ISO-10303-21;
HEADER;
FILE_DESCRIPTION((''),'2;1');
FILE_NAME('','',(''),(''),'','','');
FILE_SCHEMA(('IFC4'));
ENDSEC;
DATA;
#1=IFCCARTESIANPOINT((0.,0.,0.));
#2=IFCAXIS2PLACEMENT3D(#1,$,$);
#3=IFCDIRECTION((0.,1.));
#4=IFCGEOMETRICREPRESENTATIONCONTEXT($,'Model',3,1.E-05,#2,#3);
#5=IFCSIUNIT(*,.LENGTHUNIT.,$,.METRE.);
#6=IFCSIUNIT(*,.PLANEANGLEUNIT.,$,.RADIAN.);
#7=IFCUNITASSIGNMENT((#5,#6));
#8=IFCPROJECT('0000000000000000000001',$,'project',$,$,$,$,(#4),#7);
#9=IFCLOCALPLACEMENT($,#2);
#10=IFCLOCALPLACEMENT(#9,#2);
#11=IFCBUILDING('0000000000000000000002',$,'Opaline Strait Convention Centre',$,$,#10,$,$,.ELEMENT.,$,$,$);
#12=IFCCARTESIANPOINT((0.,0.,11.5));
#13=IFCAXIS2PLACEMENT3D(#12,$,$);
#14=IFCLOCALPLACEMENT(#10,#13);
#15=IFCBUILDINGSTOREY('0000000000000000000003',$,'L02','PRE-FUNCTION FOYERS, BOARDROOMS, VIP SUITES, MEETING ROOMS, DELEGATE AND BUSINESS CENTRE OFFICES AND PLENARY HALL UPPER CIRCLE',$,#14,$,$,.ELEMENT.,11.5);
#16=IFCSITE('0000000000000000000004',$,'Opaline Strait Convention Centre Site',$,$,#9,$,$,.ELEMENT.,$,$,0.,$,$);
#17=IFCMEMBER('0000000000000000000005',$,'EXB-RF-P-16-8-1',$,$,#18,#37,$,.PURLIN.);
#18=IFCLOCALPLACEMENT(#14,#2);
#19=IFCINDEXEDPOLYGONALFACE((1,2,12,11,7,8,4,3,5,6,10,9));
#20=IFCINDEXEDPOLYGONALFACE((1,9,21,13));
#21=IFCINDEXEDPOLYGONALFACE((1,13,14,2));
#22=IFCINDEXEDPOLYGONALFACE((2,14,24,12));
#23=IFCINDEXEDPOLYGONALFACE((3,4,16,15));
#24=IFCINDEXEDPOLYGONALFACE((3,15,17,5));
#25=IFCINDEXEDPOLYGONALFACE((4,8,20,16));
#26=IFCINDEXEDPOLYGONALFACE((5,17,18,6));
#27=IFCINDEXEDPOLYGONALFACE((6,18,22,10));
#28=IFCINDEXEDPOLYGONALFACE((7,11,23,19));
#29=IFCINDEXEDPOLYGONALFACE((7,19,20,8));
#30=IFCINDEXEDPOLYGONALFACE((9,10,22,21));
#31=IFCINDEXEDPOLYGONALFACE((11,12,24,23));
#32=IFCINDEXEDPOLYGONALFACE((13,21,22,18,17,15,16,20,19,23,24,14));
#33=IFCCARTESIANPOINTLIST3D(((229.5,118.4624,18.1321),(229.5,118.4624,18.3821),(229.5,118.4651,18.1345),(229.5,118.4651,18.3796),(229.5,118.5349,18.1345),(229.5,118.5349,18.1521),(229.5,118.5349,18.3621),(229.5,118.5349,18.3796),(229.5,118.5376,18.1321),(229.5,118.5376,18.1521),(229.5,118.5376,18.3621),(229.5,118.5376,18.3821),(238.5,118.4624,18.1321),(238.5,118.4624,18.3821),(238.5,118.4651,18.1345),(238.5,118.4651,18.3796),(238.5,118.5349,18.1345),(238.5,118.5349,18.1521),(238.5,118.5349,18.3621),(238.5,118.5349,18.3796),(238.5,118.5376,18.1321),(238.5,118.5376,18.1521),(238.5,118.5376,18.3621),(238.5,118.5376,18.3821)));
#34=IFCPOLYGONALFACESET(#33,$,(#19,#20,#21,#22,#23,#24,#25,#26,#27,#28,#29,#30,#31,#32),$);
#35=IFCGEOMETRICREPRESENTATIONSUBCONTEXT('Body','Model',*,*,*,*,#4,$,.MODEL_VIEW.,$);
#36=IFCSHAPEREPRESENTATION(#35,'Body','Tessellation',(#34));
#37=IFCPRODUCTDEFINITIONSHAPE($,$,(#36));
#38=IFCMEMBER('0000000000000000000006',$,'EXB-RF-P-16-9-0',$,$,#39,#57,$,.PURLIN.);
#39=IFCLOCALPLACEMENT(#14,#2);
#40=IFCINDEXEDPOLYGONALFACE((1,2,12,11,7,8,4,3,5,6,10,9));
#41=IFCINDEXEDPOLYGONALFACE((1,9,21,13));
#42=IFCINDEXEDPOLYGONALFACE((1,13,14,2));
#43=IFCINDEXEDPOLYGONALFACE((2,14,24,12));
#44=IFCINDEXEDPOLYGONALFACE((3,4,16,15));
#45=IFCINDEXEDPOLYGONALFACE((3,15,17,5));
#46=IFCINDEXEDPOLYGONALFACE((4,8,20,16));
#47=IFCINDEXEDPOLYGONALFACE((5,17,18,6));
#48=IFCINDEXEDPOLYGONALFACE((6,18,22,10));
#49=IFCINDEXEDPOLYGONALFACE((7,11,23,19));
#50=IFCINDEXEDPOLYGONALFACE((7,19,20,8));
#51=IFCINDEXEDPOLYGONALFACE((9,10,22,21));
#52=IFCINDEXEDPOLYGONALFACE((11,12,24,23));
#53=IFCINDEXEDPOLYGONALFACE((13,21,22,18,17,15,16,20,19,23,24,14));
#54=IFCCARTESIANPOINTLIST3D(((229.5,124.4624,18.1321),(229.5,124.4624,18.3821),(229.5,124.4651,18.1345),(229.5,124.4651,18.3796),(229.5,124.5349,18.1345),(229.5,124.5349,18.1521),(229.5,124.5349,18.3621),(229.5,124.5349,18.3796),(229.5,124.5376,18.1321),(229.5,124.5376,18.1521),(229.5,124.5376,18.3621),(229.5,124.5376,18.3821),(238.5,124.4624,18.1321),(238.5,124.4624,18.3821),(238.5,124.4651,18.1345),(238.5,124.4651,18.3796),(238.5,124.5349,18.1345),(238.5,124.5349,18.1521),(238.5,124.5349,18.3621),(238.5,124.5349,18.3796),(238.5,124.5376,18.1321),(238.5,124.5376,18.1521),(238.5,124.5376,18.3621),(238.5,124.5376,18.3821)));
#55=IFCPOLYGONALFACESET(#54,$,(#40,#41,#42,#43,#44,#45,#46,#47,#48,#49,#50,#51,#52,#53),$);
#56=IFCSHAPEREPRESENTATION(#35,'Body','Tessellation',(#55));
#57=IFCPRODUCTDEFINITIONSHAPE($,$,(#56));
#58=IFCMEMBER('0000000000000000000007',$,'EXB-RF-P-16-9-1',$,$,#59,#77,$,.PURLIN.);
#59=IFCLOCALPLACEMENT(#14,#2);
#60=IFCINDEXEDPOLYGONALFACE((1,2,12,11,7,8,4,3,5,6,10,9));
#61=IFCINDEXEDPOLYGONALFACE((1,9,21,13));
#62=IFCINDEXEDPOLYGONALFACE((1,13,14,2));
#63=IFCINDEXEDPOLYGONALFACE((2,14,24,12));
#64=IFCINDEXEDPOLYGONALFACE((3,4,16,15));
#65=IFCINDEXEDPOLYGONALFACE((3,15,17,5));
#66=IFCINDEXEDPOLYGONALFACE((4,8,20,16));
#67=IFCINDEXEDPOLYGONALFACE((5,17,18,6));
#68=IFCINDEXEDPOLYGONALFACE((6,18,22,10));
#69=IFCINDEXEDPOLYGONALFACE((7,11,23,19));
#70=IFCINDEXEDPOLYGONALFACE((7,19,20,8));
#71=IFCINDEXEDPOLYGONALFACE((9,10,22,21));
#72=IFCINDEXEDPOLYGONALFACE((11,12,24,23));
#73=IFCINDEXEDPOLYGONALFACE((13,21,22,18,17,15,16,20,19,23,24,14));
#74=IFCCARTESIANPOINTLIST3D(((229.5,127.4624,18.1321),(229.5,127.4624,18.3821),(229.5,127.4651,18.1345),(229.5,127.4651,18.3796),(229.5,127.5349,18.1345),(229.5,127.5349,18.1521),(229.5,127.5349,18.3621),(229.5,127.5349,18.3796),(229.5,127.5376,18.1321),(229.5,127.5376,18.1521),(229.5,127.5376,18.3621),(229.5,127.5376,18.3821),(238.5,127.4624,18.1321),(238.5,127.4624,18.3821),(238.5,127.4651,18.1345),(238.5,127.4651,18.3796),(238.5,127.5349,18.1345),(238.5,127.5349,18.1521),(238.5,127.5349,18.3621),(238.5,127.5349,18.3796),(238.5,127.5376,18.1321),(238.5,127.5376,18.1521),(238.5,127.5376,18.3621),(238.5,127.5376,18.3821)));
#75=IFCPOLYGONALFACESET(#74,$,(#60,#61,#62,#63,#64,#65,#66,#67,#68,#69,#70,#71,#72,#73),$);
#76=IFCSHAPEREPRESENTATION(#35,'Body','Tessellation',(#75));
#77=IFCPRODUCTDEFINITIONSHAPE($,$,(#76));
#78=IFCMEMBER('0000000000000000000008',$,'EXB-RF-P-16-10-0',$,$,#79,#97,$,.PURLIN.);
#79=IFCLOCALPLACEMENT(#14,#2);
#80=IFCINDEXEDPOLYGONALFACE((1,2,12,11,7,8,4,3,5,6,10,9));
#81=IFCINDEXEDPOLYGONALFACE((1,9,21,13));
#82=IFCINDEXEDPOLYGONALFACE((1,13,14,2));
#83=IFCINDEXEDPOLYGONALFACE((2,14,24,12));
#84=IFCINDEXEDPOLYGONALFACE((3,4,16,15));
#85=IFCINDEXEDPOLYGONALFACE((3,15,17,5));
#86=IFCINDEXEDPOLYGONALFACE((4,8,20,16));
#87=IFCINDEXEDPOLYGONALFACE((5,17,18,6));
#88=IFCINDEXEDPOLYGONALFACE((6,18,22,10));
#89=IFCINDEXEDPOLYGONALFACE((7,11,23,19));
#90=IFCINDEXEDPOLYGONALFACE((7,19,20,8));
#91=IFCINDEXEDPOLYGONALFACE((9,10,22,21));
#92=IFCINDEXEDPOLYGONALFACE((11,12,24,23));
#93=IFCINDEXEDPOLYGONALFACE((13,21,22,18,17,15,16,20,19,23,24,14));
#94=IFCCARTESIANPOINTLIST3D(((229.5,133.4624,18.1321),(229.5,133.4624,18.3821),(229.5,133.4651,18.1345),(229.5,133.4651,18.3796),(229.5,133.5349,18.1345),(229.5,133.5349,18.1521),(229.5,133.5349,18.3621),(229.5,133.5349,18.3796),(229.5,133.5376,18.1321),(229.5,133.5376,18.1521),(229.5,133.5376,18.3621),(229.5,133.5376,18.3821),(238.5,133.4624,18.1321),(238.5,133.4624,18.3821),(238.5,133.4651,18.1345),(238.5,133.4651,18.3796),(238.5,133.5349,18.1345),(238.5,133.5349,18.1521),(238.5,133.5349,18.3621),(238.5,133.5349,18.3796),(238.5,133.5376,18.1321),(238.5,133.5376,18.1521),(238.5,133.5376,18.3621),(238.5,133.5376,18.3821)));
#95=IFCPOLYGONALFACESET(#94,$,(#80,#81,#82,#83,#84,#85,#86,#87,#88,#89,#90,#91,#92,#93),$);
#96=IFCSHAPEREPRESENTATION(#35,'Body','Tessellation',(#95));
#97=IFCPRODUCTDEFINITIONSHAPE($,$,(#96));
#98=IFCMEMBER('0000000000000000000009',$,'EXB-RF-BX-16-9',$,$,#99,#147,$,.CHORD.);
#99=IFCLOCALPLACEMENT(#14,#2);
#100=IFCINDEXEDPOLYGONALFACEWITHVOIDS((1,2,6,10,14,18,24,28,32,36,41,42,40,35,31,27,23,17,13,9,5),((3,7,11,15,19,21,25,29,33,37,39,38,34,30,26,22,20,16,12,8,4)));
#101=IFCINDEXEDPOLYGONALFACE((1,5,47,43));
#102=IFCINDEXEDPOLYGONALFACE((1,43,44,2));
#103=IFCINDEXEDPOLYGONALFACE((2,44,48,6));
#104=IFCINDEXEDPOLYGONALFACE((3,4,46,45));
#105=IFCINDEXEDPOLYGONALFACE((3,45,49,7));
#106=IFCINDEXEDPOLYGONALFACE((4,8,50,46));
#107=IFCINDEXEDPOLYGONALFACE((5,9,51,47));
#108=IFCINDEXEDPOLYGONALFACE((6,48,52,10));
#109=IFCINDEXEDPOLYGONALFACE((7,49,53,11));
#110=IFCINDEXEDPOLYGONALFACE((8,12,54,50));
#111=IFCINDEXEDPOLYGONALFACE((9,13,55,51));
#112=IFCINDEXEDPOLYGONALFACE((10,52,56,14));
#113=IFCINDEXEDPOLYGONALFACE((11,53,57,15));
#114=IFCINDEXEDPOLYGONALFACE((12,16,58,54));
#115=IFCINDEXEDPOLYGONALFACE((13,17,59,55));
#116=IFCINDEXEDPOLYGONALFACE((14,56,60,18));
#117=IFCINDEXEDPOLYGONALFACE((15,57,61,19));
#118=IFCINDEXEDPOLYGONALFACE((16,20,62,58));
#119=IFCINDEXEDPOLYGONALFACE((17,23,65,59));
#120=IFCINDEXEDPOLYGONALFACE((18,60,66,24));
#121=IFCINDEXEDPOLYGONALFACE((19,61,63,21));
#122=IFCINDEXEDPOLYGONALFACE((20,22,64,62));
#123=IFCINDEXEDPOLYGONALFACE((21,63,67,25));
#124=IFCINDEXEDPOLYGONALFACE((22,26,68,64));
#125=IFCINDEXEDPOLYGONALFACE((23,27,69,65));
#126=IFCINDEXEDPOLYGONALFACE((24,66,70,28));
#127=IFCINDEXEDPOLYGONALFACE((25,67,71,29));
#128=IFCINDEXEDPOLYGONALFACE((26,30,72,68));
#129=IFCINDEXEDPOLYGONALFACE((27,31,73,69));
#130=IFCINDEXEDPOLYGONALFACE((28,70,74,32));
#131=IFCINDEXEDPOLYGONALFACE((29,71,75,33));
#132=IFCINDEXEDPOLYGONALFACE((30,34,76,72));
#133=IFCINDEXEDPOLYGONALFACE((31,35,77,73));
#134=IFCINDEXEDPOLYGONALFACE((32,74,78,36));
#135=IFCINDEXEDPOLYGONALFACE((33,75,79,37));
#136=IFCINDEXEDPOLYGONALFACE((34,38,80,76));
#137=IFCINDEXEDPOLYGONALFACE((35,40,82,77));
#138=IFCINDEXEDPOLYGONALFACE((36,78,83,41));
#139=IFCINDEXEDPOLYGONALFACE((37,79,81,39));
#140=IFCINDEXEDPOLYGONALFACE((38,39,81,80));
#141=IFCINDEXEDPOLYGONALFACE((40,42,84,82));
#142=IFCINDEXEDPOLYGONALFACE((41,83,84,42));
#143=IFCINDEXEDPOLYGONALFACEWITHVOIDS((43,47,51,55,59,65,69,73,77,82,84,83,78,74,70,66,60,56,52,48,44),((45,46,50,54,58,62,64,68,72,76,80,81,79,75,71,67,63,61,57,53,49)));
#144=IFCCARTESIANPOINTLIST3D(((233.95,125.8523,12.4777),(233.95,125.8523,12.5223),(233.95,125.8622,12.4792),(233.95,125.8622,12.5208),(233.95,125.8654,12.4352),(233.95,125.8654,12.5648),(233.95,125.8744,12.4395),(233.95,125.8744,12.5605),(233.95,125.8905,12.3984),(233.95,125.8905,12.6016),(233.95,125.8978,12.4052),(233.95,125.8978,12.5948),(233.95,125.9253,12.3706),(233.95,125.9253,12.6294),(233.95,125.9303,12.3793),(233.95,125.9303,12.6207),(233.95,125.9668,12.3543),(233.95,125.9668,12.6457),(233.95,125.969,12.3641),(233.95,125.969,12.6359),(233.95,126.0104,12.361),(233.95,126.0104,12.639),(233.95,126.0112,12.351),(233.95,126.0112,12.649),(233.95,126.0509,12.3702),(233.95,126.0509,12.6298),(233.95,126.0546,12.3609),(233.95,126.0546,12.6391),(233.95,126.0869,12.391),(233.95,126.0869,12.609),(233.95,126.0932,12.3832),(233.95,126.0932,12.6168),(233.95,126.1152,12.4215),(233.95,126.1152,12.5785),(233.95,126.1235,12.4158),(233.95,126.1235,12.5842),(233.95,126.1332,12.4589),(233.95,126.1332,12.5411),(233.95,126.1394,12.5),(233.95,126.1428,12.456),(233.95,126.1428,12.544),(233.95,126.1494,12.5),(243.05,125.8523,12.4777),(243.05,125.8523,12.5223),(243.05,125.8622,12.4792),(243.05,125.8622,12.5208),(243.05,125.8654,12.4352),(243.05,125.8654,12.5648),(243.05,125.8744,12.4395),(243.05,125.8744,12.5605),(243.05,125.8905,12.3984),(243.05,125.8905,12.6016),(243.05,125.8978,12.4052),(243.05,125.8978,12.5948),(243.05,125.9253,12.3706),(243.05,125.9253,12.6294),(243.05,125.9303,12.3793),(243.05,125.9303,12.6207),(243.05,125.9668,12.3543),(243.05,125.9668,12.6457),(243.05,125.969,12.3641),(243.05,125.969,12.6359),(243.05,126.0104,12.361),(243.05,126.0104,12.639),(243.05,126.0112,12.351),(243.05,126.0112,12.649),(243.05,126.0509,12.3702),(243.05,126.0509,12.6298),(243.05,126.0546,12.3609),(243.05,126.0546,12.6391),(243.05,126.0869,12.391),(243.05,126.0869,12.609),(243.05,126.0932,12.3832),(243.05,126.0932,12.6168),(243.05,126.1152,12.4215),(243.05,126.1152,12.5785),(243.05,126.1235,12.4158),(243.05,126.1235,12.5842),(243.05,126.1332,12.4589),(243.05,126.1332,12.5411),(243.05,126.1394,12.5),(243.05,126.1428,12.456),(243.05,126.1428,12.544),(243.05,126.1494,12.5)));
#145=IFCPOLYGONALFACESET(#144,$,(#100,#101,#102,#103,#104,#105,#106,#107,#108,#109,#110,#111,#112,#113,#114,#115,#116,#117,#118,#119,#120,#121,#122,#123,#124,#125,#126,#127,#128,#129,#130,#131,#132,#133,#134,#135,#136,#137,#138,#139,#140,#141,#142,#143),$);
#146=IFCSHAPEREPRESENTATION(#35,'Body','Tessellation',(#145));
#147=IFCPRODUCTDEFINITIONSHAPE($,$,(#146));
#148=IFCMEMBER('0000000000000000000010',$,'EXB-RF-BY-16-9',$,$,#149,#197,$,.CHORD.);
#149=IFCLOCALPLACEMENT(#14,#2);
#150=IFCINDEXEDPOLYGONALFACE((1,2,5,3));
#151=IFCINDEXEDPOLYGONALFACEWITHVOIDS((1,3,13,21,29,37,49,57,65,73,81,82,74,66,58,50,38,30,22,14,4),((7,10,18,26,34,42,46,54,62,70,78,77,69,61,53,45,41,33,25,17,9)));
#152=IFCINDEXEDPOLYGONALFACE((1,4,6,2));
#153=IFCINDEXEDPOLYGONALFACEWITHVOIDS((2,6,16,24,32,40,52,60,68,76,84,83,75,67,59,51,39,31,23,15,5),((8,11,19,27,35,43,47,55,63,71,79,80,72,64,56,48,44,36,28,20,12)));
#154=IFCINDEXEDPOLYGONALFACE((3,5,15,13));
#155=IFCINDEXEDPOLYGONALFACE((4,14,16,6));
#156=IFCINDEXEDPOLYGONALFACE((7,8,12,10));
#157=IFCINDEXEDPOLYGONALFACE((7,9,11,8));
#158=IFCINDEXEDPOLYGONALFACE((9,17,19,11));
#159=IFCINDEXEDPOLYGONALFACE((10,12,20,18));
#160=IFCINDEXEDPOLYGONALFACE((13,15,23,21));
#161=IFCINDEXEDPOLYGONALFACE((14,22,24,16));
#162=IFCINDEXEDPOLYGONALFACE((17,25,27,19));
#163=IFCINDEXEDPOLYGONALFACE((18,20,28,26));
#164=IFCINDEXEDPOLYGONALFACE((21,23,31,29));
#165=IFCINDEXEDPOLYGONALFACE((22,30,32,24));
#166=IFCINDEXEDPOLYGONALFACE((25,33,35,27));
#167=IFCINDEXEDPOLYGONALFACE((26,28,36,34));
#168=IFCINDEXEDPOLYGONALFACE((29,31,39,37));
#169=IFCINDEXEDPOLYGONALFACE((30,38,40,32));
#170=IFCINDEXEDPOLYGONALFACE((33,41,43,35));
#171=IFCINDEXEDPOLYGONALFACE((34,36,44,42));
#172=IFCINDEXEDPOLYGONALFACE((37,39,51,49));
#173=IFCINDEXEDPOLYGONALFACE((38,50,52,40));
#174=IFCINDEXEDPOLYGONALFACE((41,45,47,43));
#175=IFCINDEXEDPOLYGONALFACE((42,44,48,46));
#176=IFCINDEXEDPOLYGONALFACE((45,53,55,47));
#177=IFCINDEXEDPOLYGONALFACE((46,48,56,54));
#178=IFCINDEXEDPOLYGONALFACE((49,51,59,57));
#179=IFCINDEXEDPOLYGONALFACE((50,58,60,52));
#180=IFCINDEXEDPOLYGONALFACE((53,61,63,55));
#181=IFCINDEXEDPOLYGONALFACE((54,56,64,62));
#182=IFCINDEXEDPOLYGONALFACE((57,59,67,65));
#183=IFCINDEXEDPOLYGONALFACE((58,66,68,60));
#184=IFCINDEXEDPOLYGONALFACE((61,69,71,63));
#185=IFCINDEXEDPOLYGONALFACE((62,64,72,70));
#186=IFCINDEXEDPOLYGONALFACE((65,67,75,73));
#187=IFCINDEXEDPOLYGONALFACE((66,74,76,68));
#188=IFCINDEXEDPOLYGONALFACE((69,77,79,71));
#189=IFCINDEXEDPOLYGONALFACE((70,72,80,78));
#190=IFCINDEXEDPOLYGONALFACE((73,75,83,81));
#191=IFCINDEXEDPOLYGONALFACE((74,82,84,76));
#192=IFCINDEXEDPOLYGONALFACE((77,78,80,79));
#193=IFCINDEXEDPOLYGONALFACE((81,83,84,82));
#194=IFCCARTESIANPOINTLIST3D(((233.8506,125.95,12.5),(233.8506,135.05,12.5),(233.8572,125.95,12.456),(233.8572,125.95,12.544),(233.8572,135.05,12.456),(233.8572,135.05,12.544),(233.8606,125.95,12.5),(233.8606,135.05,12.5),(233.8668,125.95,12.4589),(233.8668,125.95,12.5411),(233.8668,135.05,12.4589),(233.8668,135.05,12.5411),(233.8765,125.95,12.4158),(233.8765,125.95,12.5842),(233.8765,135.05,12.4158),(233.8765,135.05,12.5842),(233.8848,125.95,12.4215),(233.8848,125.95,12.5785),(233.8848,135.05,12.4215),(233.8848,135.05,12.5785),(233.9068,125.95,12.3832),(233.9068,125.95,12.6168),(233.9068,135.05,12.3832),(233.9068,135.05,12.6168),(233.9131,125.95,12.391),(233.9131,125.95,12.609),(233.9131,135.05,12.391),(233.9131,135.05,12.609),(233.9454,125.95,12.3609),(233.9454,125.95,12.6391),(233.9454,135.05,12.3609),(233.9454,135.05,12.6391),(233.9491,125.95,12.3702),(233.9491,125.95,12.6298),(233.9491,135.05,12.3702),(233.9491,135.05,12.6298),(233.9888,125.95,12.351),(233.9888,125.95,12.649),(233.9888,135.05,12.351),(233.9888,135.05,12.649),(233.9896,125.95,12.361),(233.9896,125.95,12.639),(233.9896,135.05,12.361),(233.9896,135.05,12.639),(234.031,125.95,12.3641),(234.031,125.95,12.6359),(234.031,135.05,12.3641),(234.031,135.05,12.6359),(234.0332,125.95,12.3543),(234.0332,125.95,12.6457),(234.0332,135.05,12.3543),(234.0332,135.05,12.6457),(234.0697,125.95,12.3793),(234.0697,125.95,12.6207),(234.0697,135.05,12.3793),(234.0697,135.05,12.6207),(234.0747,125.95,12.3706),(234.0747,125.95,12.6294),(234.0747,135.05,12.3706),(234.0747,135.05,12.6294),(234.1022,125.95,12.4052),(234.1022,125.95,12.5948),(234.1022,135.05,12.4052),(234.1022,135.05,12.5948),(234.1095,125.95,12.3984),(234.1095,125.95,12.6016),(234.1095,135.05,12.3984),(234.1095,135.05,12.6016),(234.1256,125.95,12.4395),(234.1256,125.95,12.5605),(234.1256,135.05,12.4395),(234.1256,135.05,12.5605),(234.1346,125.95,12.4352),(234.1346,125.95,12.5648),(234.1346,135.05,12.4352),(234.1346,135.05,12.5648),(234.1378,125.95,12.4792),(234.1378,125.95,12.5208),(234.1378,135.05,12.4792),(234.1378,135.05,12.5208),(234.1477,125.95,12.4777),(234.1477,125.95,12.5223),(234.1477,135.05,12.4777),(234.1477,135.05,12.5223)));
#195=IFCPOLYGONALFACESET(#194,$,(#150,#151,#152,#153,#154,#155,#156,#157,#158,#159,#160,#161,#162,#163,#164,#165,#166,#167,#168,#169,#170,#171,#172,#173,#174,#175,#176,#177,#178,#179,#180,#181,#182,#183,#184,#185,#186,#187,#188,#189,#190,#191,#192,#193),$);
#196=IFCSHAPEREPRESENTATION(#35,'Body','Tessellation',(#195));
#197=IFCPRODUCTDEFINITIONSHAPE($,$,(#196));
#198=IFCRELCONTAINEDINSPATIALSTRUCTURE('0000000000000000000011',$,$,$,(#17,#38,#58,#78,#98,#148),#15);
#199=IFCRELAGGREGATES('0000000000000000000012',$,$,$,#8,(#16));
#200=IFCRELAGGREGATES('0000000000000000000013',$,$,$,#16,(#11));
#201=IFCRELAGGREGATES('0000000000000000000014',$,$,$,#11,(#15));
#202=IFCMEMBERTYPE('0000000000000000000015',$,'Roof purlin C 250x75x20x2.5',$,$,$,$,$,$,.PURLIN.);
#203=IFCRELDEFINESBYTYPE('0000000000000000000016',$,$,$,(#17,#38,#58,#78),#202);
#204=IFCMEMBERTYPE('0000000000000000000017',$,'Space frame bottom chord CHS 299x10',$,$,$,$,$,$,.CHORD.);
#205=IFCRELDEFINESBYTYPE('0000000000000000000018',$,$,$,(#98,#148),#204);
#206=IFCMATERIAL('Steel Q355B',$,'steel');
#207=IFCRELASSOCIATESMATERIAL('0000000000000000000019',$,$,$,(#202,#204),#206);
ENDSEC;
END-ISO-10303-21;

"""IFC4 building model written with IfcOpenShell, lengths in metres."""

from ifc_helpers import new_model, si_unit, direction, frame, origin, origin_2d, place, context, subcontext, project, spatial, polyline, hollow_circle, outline, extrude, material, material_profile, profile_set, type_object, element, save


model = new_model("IFC4")

# Units and contexts
model_context = context("Model", 3, precision=1e-05, world=origin(), true_north=direction((0.0, 1.0)))
body_context = subcontext(model_context, "Body", "Model", "MODEL_VIEW")
ifc_project = project(units=[si_unit("LENGTHUNIT", "METRE"), si_unit("PLANEANGLEUNIT", "RADIAN")], contexts=[model_context])

# Site, building, storey
site_placement = place(None, origin())
site = spatial("IfcSite", under=ifc_project, at=site_placement, Name="Opaline Strait Convention Centre Site", CompositionType="ELEMENT", RefElevation=0.0)
building_placement = place(site_placement, origin())
building = spatial("IfcBuilding", under=site, at=building_placement, Name="Opaline Strait Convention Centre", CompositionType="ELEMENT")
storey_placement = place(building_placement, frame((0.0, 0.0, 11.5)))
storey = spatial("IfcBuildingStorey", under=building, at=storey_placement, Name="L02", Description="PRE-FUNCTION FOYERS, BOARDROOMS, VIP SUITES, MEETING ROOMS, DELEGATE AND BUSINESS CENTRE OFFICES AND PLENARY HALL UPPER CIRCLE", CompositionType="ELEMENT", Elevation=11.5)

# Members
ifc_material = material(Name="Steel Q355B", Category="steel")
ifc_material_profile_1 = material_profile(ifc_material, outline(polyline([(-0.0376, -0.125), (0.0376, -0.125), (0.0376, -0.105), (0.0349, -0.105), (0.0349, -0.1226), (-0.0349, -0.1226), (-0.0349, 0.1226), (0.0349, 0.1226), (0.0349, 0.105), (0.0376, 0.105), (0.0376, 0.125), (-0.0376, 0.125), (-0.0376, -0.125)])), Name="C 250x75x20x2.5")
ifc_profile_set_1 = profile_set([ifc_material_profile_1], Name="Steel Q355B")
member_type_1 = type_object("IfcMemberType", Name="Roof purlin C 250x75x20x2.5", PredefinedType="PURLIN", material=ifc_profile_set_1)
for number, where, z_axis, x_axis, name in (
    (1, (229.5, 118.5, 18.2571), (1.0, 0.0, 0.0), (0.0, 1.0, 0.0), "EXB-RF-P-16-8-1"),
    (2, (229.5, 124.5, 18.2571), (1.0, 0.0, 0.0), (0.0, 1.0, 0.0), "EXB-RF-P-16-9-0"),
    (3, (229.5, 127.5, 18.2571), (1.0, 0.0, 0.0), (0.0, 1.0, 0.0), "EXB-RF-P-16-9-1"),
    (4, (229.5, 133.5, 18.2571), (1.0, 0.0, 0.0), (0.0, 1.0, 0.0), "EXB-RF-P-16-10-0"),
):
    element("IfcMember", number, at=place(storey_placement, frame(where, z_axis=z_axis, x_axis=x_axis)), inside=storey, type_object=member_type_1, Name=name, PredefinedType="PURLIN", context=body_context, shape_type="SweptSolid", body=[
        extrude(outline(polyline([(-0.0376, -0.125), (0.0376, -0.125), (0.0376, -0.105), (0.0349, -0.105), (0.0349, -0.1226), (-0.0349, -0.1226), (-0.0349, 0.1226), (0.0349, 0.1226), (0.0349, 0.105), (0.0376, 0.105), (0.0376, 0.125), (-0.0376, 0.125), (-0.0376, -0.125)])), origin(), (0.0, 0.0, 1.0), 9.0),
    ])
ifc_material_profile_2 = material_profile(ifc_material, hollow_circle(Radius=0.1494, WallThickness=0.01, at=origin_2d()), Name="CHS 299x10")
ifc_profile_set_2 = profile_set([ifc_material_profile_2], Name="Steel Q355B")
member_type_2 = type_object("IfcMemberType", Name="Space frame bottom chord CHS 299x10", PredefinedType="CHORD", material=ifc_profile_set_2)
for number, where, z_axis, x_axis, name in (
    (5, (233.95, 126.0, 12.5), (1.0, 0.0, 0.0), (0.0, 1.0, 0.0), "EXB-RF-BX-16-9"),
    (6, (234.0, 125.95, 12.5), (0.0, 1.0, 0.0), (-1.0, 0.0, 0.0), "EXB-RF-BY-16-9"),
):
    element("IfcMember", number, at=place(storey_placement, frame(where, z_axis=z_axis, x_axis=x_axis)), inside=storey, type_object=member_type_2, Name=name, PredefinedType="CHORD", context=body_context, shape_type="SweptSolid", body=[
        extrude(hollow_circle(Radius=0.1494, WallThickness=0.01, at=origin_2d()), origin(), (0.0, 0.0, 1.0), 9.1001),
    ])

save(model, "model.ifc")
